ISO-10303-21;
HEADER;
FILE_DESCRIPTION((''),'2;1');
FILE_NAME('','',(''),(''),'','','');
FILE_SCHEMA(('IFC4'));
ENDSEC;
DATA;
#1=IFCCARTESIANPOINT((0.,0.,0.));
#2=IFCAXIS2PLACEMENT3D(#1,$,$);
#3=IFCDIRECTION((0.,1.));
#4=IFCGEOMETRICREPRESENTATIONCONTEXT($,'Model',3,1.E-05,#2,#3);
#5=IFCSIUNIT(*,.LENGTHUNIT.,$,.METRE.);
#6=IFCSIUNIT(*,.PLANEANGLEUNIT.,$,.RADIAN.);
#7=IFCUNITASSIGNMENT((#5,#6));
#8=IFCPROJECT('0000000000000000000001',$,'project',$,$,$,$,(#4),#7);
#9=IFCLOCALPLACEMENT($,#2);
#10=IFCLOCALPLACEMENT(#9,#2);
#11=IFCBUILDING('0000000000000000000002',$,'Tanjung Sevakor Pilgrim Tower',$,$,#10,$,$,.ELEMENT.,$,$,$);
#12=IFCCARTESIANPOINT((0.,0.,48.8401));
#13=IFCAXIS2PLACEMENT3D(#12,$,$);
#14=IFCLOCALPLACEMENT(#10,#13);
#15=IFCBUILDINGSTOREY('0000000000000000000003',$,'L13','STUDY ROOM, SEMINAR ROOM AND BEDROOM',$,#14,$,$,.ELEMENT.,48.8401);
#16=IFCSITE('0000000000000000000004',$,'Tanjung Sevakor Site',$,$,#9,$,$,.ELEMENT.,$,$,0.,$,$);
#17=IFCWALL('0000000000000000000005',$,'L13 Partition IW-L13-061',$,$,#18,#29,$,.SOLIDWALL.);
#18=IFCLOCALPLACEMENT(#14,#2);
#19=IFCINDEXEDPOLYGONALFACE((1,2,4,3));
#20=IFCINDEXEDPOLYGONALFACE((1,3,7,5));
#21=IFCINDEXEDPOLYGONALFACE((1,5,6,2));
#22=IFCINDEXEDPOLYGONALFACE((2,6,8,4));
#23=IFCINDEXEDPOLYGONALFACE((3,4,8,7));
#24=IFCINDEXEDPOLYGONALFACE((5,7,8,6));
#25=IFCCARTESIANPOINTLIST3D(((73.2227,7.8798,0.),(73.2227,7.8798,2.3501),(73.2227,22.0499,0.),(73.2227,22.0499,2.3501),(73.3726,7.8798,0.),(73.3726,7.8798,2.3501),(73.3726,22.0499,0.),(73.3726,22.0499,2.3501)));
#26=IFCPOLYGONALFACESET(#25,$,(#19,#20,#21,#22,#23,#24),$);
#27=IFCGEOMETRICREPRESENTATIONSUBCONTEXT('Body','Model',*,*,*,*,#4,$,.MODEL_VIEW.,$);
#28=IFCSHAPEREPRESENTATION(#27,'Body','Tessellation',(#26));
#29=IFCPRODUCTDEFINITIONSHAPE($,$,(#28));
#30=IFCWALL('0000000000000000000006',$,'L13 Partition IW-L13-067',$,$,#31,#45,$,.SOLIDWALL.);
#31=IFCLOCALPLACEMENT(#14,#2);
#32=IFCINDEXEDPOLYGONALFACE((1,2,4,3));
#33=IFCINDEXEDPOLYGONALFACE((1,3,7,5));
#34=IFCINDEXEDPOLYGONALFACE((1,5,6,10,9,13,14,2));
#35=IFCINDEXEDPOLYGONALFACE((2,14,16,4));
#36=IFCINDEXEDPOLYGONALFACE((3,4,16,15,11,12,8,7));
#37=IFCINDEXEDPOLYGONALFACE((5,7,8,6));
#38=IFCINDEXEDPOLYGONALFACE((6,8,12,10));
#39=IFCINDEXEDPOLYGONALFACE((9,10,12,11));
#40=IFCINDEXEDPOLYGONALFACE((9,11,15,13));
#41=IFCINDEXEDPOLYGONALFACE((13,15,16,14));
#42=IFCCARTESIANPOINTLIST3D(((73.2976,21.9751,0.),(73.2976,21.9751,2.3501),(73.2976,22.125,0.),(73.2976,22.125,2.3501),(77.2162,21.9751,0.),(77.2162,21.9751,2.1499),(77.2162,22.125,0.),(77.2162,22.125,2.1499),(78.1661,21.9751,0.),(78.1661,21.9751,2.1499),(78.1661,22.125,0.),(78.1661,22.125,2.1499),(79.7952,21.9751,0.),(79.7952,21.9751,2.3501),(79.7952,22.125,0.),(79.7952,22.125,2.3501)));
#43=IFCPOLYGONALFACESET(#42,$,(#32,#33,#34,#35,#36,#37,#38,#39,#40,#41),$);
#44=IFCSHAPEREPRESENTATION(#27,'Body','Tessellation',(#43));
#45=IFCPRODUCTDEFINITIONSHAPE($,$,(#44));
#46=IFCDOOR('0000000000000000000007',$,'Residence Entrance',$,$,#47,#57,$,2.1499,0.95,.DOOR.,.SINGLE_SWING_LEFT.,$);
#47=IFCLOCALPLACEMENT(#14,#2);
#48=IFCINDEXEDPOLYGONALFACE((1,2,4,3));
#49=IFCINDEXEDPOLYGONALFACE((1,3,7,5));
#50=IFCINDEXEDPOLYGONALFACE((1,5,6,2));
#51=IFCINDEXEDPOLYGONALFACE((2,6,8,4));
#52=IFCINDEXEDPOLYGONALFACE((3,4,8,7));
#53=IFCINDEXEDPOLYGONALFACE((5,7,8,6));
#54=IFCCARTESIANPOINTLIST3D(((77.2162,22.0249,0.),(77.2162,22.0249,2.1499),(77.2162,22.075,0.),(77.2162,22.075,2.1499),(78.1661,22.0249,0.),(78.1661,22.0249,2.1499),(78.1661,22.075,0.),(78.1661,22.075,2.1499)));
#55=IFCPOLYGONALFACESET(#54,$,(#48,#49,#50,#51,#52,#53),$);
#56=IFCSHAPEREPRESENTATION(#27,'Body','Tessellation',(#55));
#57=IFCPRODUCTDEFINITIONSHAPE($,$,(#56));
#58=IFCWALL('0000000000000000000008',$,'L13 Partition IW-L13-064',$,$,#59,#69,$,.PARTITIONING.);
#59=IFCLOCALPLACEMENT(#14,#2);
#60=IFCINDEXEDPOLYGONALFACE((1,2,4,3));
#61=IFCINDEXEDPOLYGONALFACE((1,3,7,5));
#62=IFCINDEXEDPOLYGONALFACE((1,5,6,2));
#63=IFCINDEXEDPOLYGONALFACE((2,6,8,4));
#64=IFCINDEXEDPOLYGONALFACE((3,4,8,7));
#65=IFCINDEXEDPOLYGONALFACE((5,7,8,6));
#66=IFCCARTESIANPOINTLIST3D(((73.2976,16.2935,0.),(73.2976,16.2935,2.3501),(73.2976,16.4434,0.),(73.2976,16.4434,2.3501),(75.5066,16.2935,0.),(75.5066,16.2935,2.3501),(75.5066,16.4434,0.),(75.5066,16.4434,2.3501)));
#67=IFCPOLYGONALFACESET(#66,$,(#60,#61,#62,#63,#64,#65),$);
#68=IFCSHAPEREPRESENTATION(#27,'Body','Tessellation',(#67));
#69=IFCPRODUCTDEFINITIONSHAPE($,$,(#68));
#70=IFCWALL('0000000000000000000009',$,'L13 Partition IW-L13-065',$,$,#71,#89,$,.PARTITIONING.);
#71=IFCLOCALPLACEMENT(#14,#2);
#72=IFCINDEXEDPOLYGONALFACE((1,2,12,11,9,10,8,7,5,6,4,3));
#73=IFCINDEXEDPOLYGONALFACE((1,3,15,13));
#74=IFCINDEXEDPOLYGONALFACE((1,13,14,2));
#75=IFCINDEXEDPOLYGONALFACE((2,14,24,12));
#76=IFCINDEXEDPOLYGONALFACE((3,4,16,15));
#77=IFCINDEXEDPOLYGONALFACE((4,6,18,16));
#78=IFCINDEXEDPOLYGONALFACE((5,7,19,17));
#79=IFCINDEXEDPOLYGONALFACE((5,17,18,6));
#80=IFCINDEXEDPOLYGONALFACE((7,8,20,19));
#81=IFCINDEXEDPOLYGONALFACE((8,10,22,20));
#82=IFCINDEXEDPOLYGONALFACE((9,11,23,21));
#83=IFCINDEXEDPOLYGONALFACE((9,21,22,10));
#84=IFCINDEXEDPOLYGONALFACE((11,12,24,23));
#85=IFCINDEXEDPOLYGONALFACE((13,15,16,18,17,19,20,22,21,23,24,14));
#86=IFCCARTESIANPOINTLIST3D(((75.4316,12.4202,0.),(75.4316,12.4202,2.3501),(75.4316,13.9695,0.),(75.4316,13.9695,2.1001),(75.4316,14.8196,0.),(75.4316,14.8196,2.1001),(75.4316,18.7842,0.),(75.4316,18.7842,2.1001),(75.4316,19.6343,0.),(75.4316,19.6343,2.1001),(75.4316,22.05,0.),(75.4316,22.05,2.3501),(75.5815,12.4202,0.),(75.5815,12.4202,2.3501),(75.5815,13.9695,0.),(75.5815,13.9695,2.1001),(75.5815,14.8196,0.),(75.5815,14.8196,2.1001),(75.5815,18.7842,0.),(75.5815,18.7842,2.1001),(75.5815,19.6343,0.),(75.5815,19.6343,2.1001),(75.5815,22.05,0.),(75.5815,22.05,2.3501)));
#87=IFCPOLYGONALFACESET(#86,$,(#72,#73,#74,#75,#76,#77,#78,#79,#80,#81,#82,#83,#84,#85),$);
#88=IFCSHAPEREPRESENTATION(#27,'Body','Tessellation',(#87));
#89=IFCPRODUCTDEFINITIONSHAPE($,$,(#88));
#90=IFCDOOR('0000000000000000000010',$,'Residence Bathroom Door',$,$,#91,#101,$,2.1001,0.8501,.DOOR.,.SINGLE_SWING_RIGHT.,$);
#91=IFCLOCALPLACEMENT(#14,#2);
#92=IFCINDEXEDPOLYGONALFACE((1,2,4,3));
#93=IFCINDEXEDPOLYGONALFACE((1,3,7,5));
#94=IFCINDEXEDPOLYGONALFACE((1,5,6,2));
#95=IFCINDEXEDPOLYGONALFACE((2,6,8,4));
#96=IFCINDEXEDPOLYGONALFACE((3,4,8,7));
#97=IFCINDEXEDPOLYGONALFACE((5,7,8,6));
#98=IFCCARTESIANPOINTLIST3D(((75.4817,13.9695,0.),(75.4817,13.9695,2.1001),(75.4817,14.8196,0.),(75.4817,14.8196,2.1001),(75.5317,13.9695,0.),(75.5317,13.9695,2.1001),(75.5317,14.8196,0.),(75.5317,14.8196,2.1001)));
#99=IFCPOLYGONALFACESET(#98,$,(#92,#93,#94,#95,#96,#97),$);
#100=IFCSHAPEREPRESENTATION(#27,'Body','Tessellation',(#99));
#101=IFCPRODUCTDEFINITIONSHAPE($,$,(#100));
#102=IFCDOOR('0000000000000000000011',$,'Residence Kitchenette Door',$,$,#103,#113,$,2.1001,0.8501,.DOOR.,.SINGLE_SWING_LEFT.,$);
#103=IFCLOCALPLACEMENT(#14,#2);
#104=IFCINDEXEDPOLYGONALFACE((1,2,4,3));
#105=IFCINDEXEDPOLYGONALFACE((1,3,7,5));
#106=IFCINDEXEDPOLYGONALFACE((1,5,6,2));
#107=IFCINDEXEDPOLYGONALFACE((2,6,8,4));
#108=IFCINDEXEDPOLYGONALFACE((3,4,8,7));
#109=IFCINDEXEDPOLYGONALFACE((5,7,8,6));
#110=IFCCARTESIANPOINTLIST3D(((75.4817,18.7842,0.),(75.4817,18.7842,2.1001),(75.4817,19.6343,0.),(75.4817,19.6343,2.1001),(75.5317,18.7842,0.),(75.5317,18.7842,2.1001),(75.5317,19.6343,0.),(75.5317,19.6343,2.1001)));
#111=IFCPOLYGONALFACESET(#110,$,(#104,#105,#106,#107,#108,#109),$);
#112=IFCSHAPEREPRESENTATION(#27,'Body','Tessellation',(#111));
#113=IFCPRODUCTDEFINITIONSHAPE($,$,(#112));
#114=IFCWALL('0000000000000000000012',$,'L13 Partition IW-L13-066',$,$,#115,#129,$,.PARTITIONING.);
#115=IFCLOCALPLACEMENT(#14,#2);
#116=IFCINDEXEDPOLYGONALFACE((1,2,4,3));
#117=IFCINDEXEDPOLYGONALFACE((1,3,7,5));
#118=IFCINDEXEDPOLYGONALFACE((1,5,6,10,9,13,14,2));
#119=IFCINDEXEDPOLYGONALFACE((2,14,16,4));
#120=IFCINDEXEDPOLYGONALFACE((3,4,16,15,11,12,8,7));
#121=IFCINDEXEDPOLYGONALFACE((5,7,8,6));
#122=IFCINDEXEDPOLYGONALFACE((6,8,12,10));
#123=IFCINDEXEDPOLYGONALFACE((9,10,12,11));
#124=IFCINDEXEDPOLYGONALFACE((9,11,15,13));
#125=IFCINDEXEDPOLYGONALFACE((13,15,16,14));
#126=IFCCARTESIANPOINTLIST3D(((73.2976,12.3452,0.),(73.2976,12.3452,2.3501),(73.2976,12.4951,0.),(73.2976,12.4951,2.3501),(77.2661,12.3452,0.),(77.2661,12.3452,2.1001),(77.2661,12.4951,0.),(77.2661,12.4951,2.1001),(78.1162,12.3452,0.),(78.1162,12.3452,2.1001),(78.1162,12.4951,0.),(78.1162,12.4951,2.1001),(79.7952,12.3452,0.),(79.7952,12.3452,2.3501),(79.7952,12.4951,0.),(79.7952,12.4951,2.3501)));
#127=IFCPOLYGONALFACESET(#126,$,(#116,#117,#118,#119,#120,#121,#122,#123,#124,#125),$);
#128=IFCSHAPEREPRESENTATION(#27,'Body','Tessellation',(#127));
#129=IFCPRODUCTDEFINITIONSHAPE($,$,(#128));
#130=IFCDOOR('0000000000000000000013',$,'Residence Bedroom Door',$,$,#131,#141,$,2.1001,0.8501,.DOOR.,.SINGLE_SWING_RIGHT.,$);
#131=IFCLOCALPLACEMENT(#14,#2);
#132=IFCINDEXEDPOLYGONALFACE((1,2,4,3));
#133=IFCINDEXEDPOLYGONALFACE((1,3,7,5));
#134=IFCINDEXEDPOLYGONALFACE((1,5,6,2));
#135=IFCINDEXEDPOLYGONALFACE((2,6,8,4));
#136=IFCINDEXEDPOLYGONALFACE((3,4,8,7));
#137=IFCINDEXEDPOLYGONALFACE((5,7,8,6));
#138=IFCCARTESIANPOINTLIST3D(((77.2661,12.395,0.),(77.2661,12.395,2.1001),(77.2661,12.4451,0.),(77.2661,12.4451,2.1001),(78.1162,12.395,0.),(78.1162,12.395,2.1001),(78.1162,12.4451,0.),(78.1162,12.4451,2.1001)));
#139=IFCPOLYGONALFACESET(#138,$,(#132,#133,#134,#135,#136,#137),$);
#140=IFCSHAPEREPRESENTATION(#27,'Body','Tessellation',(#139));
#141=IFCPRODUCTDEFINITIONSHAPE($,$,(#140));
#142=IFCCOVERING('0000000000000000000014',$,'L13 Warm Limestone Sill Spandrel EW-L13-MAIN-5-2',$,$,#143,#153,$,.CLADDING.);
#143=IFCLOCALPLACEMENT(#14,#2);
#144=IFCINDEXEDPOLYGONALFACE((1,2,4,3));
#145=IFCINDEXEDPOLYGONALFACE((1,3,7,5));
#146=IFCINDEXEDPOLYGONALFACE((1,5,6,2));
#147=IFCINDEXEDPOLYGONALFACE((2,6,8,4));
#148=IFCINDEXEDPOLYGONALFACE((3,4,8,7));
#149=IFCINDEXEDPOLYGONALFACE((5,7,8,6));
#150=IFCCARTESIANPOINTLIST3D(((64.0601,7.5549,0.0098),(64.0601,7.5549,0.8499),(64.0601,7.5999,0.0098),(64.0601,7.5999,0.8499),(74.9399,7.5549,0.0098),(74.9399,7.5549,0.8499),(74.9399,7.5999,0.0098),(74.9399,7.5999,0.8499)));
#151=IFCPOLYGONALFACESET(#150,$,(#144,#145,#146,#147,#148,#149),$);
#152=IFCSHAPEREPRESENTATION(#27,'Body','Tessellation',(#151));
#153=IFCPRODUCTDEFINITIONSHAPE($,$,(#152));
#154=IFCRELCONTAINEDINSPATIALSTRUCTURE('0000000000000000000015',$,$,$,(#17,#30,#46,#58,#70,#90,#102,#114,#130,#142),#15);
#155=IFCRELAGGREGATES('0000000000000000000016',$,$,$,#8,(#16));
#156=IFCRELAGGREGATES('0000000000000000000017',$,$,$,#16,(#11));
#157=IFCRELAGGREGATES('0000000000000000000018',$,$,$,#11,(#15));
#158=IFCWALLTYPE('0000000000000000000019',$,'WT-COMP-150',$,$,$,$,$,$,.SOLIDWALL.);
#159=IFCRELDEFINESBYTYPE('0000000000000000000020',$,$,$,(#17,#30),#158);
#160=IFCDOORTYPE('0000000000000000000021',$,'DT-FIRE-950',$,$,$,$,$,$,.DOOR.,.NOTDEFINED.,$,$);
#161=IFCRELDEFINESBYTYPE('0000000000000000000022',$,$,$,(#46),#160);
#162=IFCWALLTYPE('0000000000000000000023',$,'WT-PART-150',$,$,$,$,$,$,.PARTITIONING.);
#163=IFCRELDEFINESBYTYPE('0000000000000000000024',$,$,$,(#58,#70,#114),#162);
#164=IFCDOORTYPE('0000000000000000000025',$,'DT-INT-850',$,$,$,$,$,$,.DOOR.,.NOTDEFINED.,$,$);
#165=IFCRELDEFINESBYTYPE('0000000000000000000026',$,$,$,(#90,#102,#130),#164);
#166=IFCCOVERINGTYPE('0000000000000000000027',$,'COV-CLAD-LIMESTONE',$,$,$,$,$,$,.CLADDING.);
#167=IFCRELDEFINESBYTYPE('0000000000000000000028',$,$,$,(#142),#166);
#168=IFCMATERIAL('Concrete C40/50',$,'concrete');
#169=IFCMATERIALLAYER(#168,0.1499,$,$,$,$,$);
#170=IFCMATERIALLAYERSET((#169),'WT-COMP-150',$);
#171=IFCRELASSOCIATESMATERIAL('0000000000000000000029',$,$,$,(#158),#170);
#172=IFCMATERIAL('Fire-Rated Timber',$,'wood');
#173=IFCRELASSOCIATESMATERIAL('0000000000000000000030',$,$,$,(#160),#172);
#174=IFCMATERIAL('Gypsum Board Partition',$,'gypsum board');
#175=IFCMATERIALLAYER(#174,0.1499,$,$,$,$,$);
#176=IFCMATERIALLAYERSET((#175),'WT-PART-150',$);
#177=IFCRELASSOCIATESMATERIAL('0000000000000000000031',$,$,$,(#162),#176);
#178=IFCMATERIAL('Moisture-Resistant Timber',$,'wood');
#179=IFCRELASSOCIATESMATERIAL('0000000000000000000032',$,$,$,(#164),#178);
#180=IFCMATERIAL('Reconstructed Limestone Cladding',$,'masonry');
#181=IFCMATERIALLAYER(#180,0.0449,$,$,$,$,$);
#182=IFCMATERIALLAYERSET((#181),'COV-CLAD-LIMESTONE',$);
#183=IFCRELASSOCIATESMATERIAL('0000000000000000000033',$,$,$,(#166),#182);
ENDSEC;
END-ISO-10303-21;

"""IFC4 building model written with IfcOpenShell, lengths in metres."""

from ifc_helpers import new_model, si_unit, direction, frame, frame_2d, origin, origin_2d, place, context, subcontext, project, spatial, rectangle, extrude, material, layer, layer_set, type_object, element, fill, save


model = new_model("IFC4")

# Units and contexts
model_context = context("Model", 3, precision=1e-05, world=origin(), true_north=direction((0.0, 1.0)))
body_context = subcontext(model_context, "Body", "Model", "MODEL_VIEW")
ifc_project = project(units=[si_unit("LENGTHUNIT", "METRE"), si_unit("PLANEANGLEUNIT", "RADIAN")], contexts=[model_context])

# Site, building, storey
site_placement = place(None, origin())
site = spatial("IfcSite", under=ifc_project, at=site_placement, Name="Tanjung Sevakor Site", CompositionType="ELEMENT", RefElevation=0.0)
building_placement = place(site_placement, origin())
building = spatial("IfcBuilding", under=site, at=building_placement, Name="Tanjung Sevakor Pilgrim Tower", CompositionType="ELEMENT")
storey_placement = place(building_placement, frame((0.0, 0.0, 48.8401)))
storey = spatial("IfcBuildingStorey", under=building, at=storey_placement, Name="L13", Description="STUDY ROOM, SEMINAR ROOM AND BEDROOM", CompositionType="ELEMENT", Elevation=48.8401)

# Shared definitions
ifc_material_1 = material(Name="Concrete C40/50", Category="concrete")
ifc_layer_1 = layer(ifc_material_1, 0.1499)
ifc_layer_set_1 = layer_set([ifc_layer_1], Name="WT-COMP-150")
wall_type_1 = type_object("IfcWallType", Name="WT-COMP-150", PredefinedType="SOLIDWALL", material=ifc_layer_set_1)

# Wall
wall_1_placement = place(storey_placement, frame((73.2976, 7.8799, 0.0), z_axis=(0.0, 0.0, 1.0), x_axis=(0.0, 1.0, 0.0)))
element("IfcWall", 1, at=wall_1_placement, inside=storey, type_object=wall_type_1, Name="L13 Partition IW-L13-061", PredefinedType="SOLIDWALL", context=body_context, shape_type="SweptSolid", body=[
    extrude(rectangle(XDim=14.1702, YDim=0.1499, at=frame_2d((7.085, 0.0))), origin(), (0.0, 0.0, 1.0), 2.3501),
])

# Wall, opening, door
wall_2_placement = place(storey_placement, frame((73.2976, 22.05, 0.0), z_axis=(0.0, 0.0, 1.0), x_axis=(1.0, 0.0, 0.0)))
wall_2 = element("IfcWall", 2, at=wall_2_placement, inside=storey, type_object=wall_type_1, Name="L13 Partition IW-L13-067", PredefinedType="SOLIDWALL", context=body_context, shape_type="SweptSolid", body=[
    extrude(rectangle(XDim=6.4976, YDim=0.1499, at=frame_2d((3.2488, 0.0))), origin(), (0.0, 0.0, 1.0), 2.3501),
])
opening_1_placement = place(wall_2_placement, frame((3.9185, 0.0, 0.0)))
opening_1 = element("IfcOpeningElement", 3, at=opening_1_placement, cuts=wall_2, PredefinedType="OPENING", context=body_context, shape_type="SweptSolid", body=[
    extrude(rectangle(XDim=0.95, YDim=2.1499, at=frame_2d((0.4751, 1.075))), frame((0.0, 0.085, 0.0), z_axis=(0.0, -1.0, 0.0), x_axis=(1.0, 0.0, 0.0)), (0.0, 0.0, 1.0), 0.1699),
])
ifc_material_2 = material(Name="Fire-Rated Timber", Category="wood")
door_type_1 = type_object("IfcDoorType", Name="DT-FIRE-950", OperationType="NOTDEFINED", PredefinedType="DOOR", material=ifc_material_2)
door_1_placement = place(opening_1_placement, origin())
door_1 = element("IfcDoor", 4, at=door_1_placement, inside=storey, type_object=door_type_1, Name="Residence Entrance", OperationType="SINGLE_SWING_LEFT", OverallHeight=2.1499, OverallWidth=0.95, PredefinedType="DOOR", context=body_context, shape_type="SweptSolid", body=[
    extrude(rectangle(XDim=0.95, YDim=2.1499, at=frame_2d((0.4751, 1.075))), frame((0.0, 0.0249, 0.0), z_axis=(0.0, -1.0, 0.0), x_axis=(1.0, 0.0, 0.0)), (0.0, 0.0, 1.0), 0.05),
])
fill(opening_1, door_1)

# Wall
ifc_material_3 = material(Name="Gypsum Board Partition", Category="gypsum board")
ifc_layer_2 = layer(ifc_material_3, 0.1499)
ifc_layer_set_2 = layer_set([ifc_layer_2], Name="WT-PART-150")
wall_type_2 = type_object("IfcWallType", Name="WT-PART-150", PredefinedType="PARTITIONING", material=ifc_layer_set_2)
wall_3_placement = place(storey_placement, frame((73.2976, 16.3684, 0.0), z_axis=(0.0, 0.0, 1.0), x_axis=(1.0, 0.0, 0.0)))
element("IfcWall", 5, at=wall_3_placement, inside=storey, type_object=wall_type_2, Name="L13 Partition IW-L13-064", PredefinedType="PARTITIONING", context=body_context, shape_type="SweptSolid", body=[
    extrude(rectangle(XDim=2.209, YDim=0.1499, at=frame_2d((1.1045, 0.0))), origin(), (0.0, 0.0, 1.0), 2.3501),
])

# Wall, openings, doors
wall_4_placement = place(storey_placement, frame((75.5066, 12.4202, 0.0), z_axis=(0.0, 0.0, 1.0), x_axis=(0.0, 1.0, 0.0)))
wall_4 = element("IfcWall", 6, at=wall_4_placement, inside=storey, type_object=wall_type_2, Name="L13 Partition IW-L13-065", PredefinedType="PARTITIONING", context=body_context, shape_type="SweptSolid", body=[
    extrude(rectangle(XDim=9.6299, YDim=0.1499, at=frame_2d((4.8149, 0.0))), origin(), (0.0, 0.0, 1.0), 2.3501),
])
opening_2_placement = place(wall_4_placement, frame((1.5493, 0.0, 0.0)))
opening_2 = element("IfcOpeningElement", 7, at=opening_2_placement, cuts=wall_4, PredefinedType="OPENING", context=body_context, shape_type="SweptSolid", body=[
    extrude(rectangle(XDim=0.8501, YDim=2.1001, at=frame_2d((0.425, 1.05))), frame((0.0, 0.085, 0.0), z_axis=(0.0, -1.0, 0.0), x_axis=(1.0, 0.0, 0.0)), (0.0, 0.0, 1.0), 0.1699),
])
opening_3_placement = place(wall_4_placement, frame((6.364, 0.0, 0.0)))
opening_3 = element("IfcOpeningElement", 8, at=opening_3_placement, cuts=wall_4, PredefinedType="OPENING", context=body_context, shape_type="SweptSolid", body=[
    extrude(rectangle(XDim=0.8501, YDim=2.1001, at=frame_2d((0.425, 1.05))), frame((0.0, 0.085, 0.0), z_axis=(0.0, -1.0, 0.0), x_axis=(1.0, 0.0, 0.0)), (0.0, 0.0, 1.0), 0.1699),
])
ifc_material_4 = material(Name="Moisture-Resistant Timber", Category="wood")
door_type_2 = type_object("IfcDoorType", Name="DT-INT-850", OperationType="NOTDEFINED", PredefinedType="DOOR", material=ifc_material_4)
door_2_placement = place(opening_2_placement, origin())
door_2 = element("IfcDoor", 9, at=door_2_placement, inside=storey, type_object=door_type_2, Name="Residence Bathroom Door", OperationType="SINGLE_SWING_RIGHT", OverallHeight=2.1001, OverallWidth=0.8501, PredefinedType="DOOR", context=body_context, shape_type="SweptSolid", body=[
    extrude(rectangle(XDim=0.8501, YDim=2.1001, at=frame_2d((0.425, 1.05))), frame((0.0, 0.0249, 0.0), z_axis=(0.0, -1.0, 0.0), x_axis=(1.0, 0.0, 0.0)), (0.0, 0.0, 1.0), 0.05),
])
fill(opening_2, door_2)
door_3_placement = place(opening_3_placement, origin())
door_3 = element("IfcDoor", 10, at=door_3_placement, inside=storey, type_object=door_type_2, Name="Residence Kitchenette Door", OperationType="SINGLE_SWING_LEFT", OverallHeight=2.1001, OverallWidth=0.8501, PredefinedType="DOOR", context=body_context, shape_type="SweptSolid", body=[
    extrude(rectangle(XDim=0.8501, YDim=2.1001, at=frame_2d((0.425, 1.05))), frame((0.0, 0.0249, 0.0), z_axis=(0.0, -1.0, 0.0), x_axis=(1.0, 0.0, 0.0)), (0.0, 0.0, 1.0), 0.05),
])
fill(opening_3, door_3)

# Wall, opening, door
wall_5_placement = place(storey_placement, frame((73.2976, 12.4202, 0.0), z_axis=(0.0, 0.0, 1.0), x_axis=(1.0, 0.0, 0.0)))
wall_5 = element("IfcWall", 11, at=wall_5_placement, inside=storey, type_object=wall_type_2, Name="L13 Partition IW-L13-066", PredefinedType="PARTITIONING", context=body_context, shape_type="SweptSolid", body=[
    extrude(rectangle(XDim=6.4976, YDim=0.1499, at=frame_2d((3.2488, 0.0))), origin(), (0.0, 0.0, 1.0), 2.3501),
])
opening_4_placement = place(wall_5_placement, frame((3.9685, 0.0, 0.0)))
opening_4 = element("IfcOpeningElement", 12, at=opening_4_placement, cuts=wall_5, PredefinedType="OPENING", context=body_context, shape_type="SweptSolid", body=[
    extrude(rectangle(XDim=0.8501, YDim=2.1001, at=frame_2d((0.425, 1.05))), frame((0.0, 0.085, 0.0), z_axis=(0.0, -1.0, 0.0), x_axis=(1.0, 0.0, 0.0)), (0.0, 0.0, 1.0), 0.1699),
])
door_4_placement = place(opening_4_placement, origin())
door_4 = element("IfcDoor", 13, at=door_4_placement, inside=storey, type_object=door_type_2, Name="Residence Bedroom Door", OperationType="SINGLE_SWING_RIGHT", OverallHeight=2.1001, OverallWidth=0.8501, PredefinedType="DOOR", context=body_context, shape_type="SweptSolid", body=[
    extrude(rectangle(XDim=0.8501, YDim=2.1001, at=frame_2d((0.425, 1.05))), frame((0.0, 0.0249, 0.0), z_axis=(0.0, -1.0, 0.0), x_axis=(1.0, 0.0, 0.0)), (0.0, 0.0, 1.0), 0.05),
])
fill(opening_4, door_4)

# Covering
ifc_material_5 = material(Name="Reconstructed Limestone Cladding", Category="masonry")
ifc_layer_3 = layer(ifc_material_5, 0.0449)
ifc_layer_set_3 = layer_set([ifc_layer_3], Name="COV-CLAD-LIMESTONE")
covering_type = type_object("IfcCoveringType", Name="COV-CLAD-LIMESTONE", PredefinedType="CLADDING", material=ifc_layer_set_3)
covering_placement = place(storey_placement, frame((69.5, 7.5774, 0.0098), z_axis=(0.0, 0.0, 1.0), x_axis=(1.0, 0.0, 0.0)))
element("IfcCovering", 14, at=covering_placement, inside=storey, type_object=covering_type, Name="L13 Warm Limestone Sill Spandrel EW-L13-MAIN-5-2", PredefinedType="CLADDING", context=body_context, shape_type="SweptSolid", body=[
    extrude(rectangle(XDim=10.8799, YDim=0.0449, at=origin_2d()), origin(), (0.0, 0.0, 1.0), 0.8401),
])

save(model, "model.ifc")
